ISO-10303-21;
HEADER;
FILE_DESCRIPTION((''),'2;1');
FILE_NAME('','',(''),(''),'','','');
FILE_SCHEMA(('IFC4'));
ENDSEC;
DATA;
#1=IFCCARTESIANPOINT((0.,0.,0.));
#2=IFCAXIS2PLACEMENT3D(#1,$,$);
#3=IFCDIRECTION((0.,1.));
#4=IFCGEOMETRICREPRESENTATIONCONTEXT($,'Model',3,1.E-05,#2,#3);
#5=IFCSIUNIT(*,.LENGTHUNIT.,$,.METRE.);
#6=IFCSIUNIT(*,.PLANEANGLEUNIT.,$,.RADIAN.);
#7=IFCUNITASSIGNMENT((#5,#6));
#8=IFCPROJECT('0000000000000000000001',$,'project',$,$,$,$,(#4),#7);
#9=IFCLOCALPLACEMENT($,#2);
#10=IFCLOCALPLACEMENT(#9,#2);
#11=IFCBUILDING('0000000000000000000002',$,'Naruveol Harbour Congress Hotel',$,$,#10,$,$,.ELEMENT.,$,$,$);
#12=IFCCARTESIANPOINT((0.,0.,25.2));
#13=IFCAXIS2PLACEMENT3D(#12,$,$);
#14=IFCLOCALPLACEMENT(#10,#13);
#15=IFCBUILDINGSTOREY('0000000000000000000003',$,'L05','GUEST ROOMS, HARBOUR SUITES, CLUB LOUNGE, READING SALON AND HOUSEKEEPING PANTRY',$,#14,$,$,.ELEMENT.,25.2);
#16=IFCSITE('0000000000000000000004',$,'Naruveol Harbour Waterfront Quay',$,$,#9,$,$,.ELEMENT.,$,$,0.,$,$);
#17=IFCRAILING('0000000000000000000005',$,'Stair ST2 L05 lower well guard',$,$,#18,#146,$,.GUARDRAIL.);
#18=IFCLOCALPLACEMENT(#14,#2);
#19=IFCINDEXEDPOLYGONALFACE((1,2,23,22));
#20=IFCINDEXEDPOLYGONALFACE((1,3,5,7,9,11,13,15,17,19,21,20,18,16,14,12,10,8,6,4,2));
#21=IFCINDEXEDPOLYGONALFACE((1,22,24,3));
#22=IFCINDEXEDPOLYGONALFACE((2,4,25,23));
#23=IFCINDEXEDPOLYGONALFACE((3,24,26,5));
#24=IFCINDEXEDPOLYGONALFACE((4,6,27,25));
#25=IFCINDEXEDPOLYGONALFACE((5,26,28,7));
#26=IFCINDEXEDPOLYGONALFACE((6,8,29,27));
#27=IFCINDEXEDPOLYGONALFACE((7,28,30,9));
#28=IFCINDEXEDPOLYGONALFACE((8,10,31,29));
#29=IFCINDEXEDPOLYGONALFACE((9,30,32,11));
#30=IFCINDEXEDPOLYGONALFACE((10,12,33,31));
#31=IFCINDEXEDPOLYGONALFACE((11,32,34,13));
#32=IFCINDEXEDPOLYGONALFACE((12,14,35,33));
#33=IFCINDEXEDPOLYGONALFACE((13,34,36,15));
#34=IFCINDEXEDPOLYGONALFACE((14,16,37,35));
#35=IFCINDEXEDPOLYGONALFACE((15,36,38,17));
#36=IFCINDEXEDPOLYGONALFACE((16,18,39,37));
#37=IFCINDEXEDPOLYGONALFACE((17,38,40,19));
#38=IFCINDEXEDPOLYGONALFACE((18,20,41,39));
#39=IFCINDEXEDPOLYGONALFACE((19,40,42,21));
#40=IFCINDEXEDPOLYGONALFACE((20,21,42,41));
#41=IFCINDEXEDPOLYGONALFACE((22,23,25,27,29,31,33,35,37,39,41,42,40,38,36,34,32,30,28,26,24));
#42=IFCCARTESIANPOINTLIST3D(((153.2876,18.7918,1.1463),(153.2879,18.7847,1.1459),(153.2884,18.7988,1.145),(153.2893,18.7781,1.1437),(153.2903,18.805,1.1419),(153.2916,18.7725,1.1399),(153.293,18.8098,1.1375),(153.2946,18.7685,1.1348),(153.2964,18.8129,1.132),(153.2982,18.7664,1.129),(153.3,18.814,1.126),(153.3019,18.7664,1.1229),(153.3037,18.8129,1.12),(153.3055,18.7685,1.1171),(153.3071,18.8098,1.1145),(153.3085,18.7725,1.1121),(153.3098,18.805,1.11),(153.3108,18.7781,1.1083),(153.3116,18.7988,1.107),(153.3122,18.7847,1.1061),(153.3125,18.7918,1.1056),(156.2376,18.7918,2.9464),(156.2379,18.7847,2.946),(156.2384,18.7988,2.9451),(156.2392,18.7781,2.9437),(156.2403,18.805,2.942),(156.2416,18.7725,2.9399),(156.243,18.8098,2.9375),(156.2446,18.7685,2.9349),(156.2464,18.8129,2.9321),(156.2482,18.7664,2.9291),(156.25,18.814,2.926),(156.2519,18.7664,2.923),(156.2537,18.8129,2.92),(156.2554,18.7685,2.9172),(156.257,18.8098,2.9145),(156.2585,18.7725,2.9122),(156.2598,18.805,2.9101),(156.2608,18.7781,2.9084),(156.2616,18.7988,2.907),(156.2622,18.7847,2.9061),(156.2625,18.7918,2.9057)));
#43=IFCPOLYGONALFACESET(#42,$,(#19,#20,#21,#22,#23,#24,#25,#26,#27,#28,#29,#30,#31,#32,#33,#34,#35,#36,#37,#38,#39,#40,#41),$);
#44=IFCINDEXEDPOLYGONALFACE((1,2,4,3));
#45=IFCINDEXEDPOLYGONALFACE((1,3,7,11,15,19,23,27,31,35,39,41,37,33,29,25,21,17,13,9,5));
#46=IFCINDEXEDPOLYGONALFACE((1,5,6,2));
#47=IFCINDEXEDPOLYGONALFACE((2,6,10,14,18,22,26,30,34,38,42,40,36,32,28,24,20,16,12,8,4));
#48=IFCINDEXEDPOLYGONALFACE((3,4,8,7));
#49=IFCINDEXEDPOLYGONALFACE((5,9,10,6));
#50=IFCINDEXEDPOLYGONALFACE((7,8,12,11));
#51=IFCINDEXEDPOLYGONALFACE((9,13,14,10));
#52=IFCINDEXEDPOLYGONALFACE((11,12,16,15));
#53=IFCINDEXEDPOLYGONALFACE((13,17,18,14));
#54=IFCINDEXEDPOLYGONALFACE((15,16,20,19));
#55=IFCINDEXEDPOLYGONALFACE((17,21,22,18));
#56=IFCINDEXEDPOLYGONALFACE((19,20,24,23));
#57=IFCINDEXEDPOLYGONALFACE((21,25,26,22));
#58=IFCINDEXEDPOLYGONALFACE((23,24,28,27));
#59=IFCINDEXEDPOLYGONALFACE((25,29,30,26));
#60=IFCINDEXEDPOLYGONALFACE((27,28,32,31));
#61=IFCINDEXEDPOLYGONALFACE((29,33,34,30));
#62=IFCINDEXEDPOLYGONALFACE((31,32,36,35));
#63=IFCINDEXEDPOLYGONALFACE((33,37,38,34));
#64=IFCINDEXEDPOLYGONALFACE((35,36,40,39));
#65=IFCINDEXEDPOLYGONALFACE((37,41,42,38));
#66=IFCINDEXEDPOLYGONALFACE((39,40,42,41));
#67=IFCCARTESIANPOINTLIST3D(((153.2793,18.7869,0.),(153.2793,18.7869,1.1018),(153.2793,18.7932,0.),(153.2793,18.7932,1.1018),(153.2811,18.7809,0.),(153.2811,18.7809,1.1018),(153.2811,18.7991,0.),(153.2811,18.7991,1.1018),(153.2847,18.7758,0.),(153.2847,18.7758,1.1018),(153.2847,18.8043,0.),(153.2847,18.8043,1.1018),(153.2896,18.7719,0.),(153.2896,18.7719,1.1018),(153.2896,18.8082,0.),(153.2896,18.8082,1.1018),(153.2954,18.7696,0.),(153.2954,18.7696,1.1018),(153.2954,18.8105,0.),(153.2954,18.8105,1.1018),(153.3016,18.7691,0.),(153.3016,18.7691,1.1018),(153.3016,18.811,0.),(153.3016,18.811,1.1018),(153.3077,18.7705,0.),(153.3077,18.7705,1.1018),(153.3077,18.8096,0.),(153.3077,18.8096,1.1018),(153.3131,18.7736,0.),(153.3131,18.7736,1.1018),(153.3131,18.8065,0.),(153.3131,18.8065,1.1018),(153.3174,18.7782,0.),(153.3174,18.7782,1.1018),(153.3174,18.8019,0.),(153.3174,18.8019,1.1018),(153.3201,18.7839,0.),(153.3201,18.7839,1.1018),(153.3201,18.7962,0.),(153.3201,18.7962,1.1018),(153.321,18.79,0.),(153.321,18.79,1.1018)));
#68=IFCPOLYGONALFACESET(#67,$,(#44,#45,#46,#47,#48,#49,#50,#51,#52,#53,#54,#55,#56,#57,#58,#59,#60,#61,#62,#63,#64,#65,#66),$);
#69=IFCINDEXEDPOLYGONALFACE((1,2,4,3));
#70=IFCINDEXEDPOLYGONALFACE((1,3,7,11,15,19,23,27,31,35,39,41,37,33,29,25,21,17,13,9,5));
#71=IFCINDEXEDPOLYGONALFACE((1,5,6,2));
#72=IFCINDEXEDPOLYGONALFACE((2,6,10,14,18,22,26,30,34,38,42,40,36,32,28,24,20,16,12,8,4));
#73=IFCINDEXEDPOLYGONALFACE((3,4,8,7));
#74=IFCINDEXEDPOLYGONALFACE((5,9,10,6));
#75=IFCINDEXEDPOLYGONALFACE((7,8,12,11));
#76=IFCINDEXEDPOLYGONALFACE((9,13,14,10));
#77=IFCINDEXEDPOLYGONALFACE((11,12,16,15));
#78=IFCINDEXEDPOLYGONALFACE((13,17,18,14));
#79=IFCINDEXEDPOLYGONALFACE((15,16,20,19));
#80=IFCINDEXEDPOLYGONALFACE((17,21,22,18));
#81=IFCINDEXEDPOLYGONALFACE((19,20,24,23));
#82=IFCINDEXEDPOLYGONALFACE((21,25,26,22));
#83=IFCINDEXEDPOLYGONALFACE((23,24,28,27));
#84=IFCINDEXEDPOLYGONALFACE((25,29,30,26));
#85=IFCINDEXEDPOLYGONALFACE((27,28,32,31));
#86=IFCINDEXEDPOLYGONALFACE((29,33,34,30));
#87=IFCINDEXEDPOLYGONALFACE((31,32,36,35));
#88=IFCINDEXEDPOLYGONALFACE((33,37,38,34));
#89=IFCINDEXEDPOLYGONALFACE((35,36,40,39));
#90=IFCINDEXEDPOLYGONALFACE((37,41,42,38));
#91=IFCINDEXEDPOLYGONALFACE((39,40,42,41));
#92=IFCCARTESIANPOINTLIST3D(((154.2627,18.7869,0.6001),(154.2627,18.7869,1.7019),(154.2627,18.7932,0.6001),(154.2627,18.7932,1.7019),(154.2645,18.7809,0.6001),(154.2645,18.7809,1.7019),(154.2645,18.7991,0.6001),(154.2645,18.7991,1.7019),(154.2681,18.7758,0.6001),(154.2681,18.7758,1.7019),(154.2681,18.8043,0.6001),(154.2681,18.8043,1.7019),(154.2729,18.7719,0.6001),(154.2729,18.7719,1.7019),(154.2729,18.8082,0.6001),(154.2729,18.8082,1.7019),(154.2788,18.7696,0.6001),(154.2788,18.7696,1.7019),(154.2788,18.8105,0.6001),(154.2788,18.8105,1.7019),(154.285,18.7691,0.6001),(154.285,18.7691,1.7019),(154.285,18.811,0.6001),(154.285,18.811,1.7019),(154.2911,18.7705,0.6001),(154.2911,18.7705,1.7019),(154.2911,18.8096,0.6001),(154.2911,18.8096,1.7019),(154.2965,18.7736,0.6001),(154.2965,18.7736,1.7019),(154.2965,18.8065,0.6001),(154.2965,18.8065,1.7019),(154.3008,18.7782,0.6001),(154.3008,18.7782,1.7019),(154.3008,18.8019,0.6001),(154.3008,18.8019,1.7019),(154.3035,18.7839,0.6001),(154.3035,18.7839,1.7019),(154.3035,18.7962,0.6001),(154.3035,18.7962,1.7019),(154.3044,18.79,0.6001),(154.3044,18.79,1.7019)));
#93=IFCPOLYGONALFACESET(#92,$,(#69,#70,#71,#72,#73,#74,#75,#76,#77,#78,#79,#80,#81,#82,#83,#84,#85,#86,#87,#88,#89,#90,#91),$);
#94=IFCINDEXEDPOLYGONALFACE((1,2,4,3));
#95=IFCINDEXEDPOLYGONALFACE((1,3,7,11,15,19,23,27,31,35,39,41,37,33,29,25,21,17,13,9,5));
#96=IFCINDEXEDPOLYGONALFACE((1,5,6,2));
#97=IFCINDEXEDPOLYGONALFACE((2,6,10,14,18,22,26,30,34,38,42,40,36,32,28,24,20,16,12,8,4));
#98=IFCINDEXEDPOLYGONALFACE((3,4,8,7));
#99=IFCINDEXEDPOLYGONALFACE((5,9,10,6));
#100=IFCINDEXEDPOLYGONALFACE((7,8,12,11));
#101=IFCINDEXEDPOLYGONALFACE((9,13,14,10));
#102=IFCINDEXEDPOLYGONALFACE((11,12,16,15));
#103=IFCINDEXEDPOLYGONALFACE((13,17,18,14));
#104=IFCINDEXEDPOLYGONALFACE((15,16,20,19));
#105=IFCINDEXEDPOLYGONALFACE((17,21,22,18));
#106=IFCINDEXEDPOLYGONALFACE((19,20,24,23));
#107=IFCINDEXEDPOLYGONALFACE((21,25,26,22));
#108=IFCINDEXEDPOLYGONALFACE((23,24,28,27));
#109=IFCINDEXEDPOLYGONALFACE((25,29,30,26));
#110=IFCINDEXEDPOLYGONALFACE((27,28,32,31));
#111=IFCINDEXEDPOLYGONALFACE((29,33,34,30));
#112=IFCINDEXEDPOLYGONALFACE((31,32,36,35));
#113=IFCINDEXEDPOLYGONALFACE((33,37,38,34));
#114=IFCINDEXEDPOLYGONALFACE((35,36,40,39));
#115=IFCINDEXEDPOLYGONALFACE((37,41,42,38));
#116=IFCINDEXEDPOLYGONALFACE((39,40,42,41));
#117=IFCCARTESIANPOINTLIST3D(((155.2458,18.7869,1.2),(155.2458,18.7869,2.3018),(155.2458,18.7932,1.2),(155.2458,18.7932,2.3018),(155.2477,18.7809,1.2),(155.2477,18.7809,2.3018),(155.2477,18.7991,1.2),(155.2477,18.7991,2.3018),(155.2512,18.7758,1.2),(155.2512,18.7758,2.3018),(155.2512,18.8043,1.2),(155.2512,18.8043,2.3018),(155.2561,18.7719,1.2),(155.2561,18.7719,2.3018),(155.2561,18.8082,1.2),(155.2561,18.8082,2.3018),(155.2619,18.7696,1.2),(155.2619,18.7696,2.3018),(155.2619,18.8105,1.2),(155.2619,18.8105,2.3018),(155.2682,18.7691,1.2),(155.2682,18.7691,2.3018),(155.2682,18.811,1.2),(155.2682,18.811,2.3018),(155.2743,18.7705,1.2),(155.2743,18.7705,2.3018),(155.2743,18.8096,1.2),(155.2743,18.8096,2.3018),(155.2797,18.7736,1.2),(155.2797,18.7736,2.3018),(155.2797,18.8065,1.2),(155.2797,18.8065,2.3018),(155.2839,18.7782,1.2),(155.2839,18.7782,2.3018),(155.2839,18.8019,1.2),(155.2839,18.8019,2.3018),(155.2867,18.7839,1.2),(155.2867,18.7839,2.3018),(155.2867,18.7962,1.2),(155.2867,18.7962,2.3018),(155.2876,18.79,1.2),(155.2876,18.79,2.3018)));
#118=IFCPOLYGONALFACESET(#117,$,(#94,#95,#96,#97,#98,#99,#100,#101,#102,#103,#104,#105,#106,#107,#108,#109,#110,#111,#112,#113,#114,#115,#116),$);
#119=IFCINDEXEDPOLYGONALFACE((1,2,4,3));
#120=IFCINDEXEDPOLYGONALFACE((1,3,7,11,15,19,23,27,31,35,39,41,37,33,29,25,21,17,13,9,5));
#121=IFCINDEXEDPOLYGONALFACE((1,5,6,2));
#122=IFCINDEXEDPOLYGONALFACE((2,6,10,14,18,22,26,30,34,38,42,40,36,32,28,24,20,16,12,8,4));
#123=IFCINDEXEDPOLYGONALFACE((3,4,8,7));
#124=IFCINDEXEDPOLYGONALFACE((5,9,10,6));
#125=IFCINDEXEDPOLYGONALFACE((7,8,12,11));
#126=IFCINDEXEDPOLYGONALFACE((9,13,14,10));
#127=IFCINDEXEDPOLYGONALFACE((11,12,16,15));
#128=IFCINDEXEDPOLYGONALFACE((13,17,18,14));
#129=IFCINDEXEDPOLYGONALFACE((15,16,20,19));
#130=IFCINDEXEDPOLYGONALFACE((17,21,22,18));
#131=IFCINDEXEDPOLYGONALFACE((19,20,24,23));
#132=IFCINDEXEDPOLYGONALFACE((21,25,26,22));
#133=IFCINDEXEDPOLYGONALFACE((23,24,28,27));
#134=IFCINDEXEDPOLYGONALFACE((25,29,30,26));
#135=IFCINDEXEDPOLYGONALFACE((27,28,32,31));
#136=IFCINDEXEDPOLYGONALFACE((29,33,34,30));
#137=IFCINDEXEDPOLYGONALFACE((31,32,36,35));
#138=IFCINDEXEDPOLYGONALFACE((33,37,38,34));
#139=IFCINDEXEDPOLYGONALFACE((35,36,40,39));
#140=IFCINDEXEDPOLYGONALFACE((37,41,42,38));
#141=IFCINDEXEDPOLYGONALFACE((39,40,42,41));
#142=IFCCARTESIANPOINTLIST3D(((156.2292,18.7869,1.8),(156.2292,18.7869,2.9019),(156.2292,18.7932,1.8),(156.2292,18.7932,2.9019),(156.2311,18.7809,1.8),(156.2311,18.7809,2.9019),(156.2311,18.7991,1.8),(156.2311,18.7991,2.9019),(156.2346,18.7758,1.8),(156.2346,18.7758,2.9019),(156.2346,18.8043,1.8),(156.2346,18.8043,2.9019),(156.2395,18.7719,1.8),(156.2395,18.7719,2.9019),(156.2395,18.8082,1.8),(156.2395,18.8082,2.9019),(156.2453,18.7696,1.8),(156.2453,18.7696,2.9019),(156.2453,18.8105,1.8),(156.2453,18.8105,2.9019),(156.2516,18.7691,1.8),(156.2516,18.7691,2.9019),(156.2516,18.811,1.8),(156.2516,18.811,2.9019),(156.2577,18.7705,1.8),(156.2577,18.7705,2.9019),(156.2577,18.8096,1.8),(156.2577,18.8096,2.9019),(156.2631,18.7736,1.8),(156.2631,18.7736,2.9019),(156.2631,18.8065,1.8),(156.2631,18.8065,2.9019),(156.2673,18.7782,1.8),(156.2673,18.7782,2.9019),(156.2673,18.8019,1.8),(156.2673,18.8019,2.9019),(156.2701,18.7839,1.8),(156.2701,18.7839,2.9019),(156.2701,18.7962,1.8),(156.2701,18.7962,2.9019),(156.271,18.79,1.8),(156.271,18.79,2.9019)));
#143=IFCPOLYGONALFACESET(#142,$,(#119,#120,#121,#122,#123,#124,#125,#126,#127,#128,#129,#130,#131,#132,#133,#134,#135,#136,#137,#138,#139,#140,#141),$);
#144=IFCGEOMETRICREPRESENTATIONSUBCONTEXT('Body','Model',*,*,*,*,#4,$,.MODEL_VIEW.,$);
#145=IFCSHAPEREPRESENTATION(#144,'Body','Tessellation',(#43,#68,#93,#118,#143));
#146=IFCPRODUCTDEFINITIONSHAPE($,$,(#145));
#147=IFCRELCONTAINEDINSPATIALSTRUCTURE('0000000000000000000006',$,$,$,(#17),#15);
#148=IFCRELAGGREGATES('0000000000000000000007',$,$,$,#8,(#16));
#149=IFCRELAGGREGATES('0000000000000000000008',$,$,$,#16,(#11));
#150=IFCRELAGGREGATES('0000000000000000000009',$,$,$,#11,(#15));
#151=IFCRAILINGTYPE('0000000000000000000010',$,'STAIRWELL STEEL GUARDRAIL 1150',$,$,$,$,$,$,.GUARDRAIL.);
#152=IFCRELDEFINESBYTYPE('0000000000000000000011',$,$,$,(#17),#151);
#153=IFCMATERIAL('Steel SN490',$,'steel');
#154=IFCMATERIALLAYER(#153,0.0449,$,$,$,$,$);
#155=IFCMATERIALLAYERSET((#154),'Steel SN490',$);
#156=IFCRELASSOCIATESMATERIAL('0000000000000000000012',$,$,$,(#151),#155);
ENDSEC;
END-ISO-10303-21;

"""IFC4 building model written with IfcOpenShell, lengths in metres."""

from ifc_helpers import new_model, si_unit, direction, frame, origin, origin_2d, place, context, subcontext, project, spatial, circle, extrude, material, layer, layer_set, type_object, element, save


model = new_model("IFC4")

# Units and contexts
model_context = context("Model", 3, precision=1e-05, world=origin(), true_north=direction((0.0, 1.0)))
body_context = subcontext(model_context, "Body", "Model", "MODEL_VIEW")
ifc_project = project(units=[si_unit("LENGTHUNIT", "METRE"), si_unit("PLANEANGLEUNIT", "RADIAN")], contexts=[model_context])

# Site, building, storey
site_placement = place(None, origin())
site = spatial("IfcSite", under=ifc_project, at=site_placement, Name="Naruveol Harbour Waterfront Quay", CompositionType="ELEMENT", RefElevation=0.0)
building_placement = place(site_placement, origin())
building = spatial("IfcBuilding", under=site, at=building_placement, Name="Naruveol Harbour Congress Hotel", CompositionType="ELEMENT")
storey_placement = place(building_placement, frame((0.0, 0.0, 25.2)))
storey = spatial("IfcBuildingStorey", under=building, at=storey_placement, Name="L05", Description="GUEST ROOMS, HARBOUR SUITES, CLUB LOUNGE, READING SALON AND HOUSEKEEPING PANTRY", CompositionType="ELEMENT", Elevation=25.2)

# Railing
ifc_material_1 = material(Name="Steel SN490", Category="steel")
ifc_layer_1 = layer(ifc_material_1, 0.0449)
ifc_layer_set_1 = layer_set([ifc_layer_1], Name="Steel SN490")
railing_type_1 = type_object("IfcRailingType", Name="STAIRWELL STEEL GUARDRAIL 1150", PredefinedType="GUARDRAIL", material=ifc_layer_set_1)
railing_1_placement = place(storey_placement, frame((153.3, 18.79, 0.0)))
element("IfcRailing", 1, at=railing_1_placement, inside=storey, type_object=railing_type_1, Name="Stair ST2 L05 lower well guard", PredefinedType="GUARDRAIL", context=body_context, shape_type="SweptSolid", body=[
    extrude(circle(Radius=0.0239, at=origin_2d()), frame((0.0, 0.0, 1.126), z_axis=(0.853629, 0.0, 0.520881), x_axis=(0.0, 1.0, 0.0)), (0.0, 0.0, 1.0), 3.4558),
    extrude(circle(Radius=0.021, at=origin_2d()), origin(), (0.0, 0.0, 1.0), 1.1018),
    extrude(circle(Radius=0.021, at=origin_2d()), frame((0.9834, 0.0, 0.6001)), (0.0, 0.0, 1.0), 1.1018),
    extrude(circle(Radius=0.021, at=origin_2d()), frame((1.9666, 0.0, 1.2)), (0.0, 0.0, 1.0), 1.1018),
    extrude(circle(Radius=0.021, at=origin_2d()), frame((2.95, 0.0, 1.8)), (0.0, 0.0, 1.0), 1.1018),
])

save(model, "model.ifc")
